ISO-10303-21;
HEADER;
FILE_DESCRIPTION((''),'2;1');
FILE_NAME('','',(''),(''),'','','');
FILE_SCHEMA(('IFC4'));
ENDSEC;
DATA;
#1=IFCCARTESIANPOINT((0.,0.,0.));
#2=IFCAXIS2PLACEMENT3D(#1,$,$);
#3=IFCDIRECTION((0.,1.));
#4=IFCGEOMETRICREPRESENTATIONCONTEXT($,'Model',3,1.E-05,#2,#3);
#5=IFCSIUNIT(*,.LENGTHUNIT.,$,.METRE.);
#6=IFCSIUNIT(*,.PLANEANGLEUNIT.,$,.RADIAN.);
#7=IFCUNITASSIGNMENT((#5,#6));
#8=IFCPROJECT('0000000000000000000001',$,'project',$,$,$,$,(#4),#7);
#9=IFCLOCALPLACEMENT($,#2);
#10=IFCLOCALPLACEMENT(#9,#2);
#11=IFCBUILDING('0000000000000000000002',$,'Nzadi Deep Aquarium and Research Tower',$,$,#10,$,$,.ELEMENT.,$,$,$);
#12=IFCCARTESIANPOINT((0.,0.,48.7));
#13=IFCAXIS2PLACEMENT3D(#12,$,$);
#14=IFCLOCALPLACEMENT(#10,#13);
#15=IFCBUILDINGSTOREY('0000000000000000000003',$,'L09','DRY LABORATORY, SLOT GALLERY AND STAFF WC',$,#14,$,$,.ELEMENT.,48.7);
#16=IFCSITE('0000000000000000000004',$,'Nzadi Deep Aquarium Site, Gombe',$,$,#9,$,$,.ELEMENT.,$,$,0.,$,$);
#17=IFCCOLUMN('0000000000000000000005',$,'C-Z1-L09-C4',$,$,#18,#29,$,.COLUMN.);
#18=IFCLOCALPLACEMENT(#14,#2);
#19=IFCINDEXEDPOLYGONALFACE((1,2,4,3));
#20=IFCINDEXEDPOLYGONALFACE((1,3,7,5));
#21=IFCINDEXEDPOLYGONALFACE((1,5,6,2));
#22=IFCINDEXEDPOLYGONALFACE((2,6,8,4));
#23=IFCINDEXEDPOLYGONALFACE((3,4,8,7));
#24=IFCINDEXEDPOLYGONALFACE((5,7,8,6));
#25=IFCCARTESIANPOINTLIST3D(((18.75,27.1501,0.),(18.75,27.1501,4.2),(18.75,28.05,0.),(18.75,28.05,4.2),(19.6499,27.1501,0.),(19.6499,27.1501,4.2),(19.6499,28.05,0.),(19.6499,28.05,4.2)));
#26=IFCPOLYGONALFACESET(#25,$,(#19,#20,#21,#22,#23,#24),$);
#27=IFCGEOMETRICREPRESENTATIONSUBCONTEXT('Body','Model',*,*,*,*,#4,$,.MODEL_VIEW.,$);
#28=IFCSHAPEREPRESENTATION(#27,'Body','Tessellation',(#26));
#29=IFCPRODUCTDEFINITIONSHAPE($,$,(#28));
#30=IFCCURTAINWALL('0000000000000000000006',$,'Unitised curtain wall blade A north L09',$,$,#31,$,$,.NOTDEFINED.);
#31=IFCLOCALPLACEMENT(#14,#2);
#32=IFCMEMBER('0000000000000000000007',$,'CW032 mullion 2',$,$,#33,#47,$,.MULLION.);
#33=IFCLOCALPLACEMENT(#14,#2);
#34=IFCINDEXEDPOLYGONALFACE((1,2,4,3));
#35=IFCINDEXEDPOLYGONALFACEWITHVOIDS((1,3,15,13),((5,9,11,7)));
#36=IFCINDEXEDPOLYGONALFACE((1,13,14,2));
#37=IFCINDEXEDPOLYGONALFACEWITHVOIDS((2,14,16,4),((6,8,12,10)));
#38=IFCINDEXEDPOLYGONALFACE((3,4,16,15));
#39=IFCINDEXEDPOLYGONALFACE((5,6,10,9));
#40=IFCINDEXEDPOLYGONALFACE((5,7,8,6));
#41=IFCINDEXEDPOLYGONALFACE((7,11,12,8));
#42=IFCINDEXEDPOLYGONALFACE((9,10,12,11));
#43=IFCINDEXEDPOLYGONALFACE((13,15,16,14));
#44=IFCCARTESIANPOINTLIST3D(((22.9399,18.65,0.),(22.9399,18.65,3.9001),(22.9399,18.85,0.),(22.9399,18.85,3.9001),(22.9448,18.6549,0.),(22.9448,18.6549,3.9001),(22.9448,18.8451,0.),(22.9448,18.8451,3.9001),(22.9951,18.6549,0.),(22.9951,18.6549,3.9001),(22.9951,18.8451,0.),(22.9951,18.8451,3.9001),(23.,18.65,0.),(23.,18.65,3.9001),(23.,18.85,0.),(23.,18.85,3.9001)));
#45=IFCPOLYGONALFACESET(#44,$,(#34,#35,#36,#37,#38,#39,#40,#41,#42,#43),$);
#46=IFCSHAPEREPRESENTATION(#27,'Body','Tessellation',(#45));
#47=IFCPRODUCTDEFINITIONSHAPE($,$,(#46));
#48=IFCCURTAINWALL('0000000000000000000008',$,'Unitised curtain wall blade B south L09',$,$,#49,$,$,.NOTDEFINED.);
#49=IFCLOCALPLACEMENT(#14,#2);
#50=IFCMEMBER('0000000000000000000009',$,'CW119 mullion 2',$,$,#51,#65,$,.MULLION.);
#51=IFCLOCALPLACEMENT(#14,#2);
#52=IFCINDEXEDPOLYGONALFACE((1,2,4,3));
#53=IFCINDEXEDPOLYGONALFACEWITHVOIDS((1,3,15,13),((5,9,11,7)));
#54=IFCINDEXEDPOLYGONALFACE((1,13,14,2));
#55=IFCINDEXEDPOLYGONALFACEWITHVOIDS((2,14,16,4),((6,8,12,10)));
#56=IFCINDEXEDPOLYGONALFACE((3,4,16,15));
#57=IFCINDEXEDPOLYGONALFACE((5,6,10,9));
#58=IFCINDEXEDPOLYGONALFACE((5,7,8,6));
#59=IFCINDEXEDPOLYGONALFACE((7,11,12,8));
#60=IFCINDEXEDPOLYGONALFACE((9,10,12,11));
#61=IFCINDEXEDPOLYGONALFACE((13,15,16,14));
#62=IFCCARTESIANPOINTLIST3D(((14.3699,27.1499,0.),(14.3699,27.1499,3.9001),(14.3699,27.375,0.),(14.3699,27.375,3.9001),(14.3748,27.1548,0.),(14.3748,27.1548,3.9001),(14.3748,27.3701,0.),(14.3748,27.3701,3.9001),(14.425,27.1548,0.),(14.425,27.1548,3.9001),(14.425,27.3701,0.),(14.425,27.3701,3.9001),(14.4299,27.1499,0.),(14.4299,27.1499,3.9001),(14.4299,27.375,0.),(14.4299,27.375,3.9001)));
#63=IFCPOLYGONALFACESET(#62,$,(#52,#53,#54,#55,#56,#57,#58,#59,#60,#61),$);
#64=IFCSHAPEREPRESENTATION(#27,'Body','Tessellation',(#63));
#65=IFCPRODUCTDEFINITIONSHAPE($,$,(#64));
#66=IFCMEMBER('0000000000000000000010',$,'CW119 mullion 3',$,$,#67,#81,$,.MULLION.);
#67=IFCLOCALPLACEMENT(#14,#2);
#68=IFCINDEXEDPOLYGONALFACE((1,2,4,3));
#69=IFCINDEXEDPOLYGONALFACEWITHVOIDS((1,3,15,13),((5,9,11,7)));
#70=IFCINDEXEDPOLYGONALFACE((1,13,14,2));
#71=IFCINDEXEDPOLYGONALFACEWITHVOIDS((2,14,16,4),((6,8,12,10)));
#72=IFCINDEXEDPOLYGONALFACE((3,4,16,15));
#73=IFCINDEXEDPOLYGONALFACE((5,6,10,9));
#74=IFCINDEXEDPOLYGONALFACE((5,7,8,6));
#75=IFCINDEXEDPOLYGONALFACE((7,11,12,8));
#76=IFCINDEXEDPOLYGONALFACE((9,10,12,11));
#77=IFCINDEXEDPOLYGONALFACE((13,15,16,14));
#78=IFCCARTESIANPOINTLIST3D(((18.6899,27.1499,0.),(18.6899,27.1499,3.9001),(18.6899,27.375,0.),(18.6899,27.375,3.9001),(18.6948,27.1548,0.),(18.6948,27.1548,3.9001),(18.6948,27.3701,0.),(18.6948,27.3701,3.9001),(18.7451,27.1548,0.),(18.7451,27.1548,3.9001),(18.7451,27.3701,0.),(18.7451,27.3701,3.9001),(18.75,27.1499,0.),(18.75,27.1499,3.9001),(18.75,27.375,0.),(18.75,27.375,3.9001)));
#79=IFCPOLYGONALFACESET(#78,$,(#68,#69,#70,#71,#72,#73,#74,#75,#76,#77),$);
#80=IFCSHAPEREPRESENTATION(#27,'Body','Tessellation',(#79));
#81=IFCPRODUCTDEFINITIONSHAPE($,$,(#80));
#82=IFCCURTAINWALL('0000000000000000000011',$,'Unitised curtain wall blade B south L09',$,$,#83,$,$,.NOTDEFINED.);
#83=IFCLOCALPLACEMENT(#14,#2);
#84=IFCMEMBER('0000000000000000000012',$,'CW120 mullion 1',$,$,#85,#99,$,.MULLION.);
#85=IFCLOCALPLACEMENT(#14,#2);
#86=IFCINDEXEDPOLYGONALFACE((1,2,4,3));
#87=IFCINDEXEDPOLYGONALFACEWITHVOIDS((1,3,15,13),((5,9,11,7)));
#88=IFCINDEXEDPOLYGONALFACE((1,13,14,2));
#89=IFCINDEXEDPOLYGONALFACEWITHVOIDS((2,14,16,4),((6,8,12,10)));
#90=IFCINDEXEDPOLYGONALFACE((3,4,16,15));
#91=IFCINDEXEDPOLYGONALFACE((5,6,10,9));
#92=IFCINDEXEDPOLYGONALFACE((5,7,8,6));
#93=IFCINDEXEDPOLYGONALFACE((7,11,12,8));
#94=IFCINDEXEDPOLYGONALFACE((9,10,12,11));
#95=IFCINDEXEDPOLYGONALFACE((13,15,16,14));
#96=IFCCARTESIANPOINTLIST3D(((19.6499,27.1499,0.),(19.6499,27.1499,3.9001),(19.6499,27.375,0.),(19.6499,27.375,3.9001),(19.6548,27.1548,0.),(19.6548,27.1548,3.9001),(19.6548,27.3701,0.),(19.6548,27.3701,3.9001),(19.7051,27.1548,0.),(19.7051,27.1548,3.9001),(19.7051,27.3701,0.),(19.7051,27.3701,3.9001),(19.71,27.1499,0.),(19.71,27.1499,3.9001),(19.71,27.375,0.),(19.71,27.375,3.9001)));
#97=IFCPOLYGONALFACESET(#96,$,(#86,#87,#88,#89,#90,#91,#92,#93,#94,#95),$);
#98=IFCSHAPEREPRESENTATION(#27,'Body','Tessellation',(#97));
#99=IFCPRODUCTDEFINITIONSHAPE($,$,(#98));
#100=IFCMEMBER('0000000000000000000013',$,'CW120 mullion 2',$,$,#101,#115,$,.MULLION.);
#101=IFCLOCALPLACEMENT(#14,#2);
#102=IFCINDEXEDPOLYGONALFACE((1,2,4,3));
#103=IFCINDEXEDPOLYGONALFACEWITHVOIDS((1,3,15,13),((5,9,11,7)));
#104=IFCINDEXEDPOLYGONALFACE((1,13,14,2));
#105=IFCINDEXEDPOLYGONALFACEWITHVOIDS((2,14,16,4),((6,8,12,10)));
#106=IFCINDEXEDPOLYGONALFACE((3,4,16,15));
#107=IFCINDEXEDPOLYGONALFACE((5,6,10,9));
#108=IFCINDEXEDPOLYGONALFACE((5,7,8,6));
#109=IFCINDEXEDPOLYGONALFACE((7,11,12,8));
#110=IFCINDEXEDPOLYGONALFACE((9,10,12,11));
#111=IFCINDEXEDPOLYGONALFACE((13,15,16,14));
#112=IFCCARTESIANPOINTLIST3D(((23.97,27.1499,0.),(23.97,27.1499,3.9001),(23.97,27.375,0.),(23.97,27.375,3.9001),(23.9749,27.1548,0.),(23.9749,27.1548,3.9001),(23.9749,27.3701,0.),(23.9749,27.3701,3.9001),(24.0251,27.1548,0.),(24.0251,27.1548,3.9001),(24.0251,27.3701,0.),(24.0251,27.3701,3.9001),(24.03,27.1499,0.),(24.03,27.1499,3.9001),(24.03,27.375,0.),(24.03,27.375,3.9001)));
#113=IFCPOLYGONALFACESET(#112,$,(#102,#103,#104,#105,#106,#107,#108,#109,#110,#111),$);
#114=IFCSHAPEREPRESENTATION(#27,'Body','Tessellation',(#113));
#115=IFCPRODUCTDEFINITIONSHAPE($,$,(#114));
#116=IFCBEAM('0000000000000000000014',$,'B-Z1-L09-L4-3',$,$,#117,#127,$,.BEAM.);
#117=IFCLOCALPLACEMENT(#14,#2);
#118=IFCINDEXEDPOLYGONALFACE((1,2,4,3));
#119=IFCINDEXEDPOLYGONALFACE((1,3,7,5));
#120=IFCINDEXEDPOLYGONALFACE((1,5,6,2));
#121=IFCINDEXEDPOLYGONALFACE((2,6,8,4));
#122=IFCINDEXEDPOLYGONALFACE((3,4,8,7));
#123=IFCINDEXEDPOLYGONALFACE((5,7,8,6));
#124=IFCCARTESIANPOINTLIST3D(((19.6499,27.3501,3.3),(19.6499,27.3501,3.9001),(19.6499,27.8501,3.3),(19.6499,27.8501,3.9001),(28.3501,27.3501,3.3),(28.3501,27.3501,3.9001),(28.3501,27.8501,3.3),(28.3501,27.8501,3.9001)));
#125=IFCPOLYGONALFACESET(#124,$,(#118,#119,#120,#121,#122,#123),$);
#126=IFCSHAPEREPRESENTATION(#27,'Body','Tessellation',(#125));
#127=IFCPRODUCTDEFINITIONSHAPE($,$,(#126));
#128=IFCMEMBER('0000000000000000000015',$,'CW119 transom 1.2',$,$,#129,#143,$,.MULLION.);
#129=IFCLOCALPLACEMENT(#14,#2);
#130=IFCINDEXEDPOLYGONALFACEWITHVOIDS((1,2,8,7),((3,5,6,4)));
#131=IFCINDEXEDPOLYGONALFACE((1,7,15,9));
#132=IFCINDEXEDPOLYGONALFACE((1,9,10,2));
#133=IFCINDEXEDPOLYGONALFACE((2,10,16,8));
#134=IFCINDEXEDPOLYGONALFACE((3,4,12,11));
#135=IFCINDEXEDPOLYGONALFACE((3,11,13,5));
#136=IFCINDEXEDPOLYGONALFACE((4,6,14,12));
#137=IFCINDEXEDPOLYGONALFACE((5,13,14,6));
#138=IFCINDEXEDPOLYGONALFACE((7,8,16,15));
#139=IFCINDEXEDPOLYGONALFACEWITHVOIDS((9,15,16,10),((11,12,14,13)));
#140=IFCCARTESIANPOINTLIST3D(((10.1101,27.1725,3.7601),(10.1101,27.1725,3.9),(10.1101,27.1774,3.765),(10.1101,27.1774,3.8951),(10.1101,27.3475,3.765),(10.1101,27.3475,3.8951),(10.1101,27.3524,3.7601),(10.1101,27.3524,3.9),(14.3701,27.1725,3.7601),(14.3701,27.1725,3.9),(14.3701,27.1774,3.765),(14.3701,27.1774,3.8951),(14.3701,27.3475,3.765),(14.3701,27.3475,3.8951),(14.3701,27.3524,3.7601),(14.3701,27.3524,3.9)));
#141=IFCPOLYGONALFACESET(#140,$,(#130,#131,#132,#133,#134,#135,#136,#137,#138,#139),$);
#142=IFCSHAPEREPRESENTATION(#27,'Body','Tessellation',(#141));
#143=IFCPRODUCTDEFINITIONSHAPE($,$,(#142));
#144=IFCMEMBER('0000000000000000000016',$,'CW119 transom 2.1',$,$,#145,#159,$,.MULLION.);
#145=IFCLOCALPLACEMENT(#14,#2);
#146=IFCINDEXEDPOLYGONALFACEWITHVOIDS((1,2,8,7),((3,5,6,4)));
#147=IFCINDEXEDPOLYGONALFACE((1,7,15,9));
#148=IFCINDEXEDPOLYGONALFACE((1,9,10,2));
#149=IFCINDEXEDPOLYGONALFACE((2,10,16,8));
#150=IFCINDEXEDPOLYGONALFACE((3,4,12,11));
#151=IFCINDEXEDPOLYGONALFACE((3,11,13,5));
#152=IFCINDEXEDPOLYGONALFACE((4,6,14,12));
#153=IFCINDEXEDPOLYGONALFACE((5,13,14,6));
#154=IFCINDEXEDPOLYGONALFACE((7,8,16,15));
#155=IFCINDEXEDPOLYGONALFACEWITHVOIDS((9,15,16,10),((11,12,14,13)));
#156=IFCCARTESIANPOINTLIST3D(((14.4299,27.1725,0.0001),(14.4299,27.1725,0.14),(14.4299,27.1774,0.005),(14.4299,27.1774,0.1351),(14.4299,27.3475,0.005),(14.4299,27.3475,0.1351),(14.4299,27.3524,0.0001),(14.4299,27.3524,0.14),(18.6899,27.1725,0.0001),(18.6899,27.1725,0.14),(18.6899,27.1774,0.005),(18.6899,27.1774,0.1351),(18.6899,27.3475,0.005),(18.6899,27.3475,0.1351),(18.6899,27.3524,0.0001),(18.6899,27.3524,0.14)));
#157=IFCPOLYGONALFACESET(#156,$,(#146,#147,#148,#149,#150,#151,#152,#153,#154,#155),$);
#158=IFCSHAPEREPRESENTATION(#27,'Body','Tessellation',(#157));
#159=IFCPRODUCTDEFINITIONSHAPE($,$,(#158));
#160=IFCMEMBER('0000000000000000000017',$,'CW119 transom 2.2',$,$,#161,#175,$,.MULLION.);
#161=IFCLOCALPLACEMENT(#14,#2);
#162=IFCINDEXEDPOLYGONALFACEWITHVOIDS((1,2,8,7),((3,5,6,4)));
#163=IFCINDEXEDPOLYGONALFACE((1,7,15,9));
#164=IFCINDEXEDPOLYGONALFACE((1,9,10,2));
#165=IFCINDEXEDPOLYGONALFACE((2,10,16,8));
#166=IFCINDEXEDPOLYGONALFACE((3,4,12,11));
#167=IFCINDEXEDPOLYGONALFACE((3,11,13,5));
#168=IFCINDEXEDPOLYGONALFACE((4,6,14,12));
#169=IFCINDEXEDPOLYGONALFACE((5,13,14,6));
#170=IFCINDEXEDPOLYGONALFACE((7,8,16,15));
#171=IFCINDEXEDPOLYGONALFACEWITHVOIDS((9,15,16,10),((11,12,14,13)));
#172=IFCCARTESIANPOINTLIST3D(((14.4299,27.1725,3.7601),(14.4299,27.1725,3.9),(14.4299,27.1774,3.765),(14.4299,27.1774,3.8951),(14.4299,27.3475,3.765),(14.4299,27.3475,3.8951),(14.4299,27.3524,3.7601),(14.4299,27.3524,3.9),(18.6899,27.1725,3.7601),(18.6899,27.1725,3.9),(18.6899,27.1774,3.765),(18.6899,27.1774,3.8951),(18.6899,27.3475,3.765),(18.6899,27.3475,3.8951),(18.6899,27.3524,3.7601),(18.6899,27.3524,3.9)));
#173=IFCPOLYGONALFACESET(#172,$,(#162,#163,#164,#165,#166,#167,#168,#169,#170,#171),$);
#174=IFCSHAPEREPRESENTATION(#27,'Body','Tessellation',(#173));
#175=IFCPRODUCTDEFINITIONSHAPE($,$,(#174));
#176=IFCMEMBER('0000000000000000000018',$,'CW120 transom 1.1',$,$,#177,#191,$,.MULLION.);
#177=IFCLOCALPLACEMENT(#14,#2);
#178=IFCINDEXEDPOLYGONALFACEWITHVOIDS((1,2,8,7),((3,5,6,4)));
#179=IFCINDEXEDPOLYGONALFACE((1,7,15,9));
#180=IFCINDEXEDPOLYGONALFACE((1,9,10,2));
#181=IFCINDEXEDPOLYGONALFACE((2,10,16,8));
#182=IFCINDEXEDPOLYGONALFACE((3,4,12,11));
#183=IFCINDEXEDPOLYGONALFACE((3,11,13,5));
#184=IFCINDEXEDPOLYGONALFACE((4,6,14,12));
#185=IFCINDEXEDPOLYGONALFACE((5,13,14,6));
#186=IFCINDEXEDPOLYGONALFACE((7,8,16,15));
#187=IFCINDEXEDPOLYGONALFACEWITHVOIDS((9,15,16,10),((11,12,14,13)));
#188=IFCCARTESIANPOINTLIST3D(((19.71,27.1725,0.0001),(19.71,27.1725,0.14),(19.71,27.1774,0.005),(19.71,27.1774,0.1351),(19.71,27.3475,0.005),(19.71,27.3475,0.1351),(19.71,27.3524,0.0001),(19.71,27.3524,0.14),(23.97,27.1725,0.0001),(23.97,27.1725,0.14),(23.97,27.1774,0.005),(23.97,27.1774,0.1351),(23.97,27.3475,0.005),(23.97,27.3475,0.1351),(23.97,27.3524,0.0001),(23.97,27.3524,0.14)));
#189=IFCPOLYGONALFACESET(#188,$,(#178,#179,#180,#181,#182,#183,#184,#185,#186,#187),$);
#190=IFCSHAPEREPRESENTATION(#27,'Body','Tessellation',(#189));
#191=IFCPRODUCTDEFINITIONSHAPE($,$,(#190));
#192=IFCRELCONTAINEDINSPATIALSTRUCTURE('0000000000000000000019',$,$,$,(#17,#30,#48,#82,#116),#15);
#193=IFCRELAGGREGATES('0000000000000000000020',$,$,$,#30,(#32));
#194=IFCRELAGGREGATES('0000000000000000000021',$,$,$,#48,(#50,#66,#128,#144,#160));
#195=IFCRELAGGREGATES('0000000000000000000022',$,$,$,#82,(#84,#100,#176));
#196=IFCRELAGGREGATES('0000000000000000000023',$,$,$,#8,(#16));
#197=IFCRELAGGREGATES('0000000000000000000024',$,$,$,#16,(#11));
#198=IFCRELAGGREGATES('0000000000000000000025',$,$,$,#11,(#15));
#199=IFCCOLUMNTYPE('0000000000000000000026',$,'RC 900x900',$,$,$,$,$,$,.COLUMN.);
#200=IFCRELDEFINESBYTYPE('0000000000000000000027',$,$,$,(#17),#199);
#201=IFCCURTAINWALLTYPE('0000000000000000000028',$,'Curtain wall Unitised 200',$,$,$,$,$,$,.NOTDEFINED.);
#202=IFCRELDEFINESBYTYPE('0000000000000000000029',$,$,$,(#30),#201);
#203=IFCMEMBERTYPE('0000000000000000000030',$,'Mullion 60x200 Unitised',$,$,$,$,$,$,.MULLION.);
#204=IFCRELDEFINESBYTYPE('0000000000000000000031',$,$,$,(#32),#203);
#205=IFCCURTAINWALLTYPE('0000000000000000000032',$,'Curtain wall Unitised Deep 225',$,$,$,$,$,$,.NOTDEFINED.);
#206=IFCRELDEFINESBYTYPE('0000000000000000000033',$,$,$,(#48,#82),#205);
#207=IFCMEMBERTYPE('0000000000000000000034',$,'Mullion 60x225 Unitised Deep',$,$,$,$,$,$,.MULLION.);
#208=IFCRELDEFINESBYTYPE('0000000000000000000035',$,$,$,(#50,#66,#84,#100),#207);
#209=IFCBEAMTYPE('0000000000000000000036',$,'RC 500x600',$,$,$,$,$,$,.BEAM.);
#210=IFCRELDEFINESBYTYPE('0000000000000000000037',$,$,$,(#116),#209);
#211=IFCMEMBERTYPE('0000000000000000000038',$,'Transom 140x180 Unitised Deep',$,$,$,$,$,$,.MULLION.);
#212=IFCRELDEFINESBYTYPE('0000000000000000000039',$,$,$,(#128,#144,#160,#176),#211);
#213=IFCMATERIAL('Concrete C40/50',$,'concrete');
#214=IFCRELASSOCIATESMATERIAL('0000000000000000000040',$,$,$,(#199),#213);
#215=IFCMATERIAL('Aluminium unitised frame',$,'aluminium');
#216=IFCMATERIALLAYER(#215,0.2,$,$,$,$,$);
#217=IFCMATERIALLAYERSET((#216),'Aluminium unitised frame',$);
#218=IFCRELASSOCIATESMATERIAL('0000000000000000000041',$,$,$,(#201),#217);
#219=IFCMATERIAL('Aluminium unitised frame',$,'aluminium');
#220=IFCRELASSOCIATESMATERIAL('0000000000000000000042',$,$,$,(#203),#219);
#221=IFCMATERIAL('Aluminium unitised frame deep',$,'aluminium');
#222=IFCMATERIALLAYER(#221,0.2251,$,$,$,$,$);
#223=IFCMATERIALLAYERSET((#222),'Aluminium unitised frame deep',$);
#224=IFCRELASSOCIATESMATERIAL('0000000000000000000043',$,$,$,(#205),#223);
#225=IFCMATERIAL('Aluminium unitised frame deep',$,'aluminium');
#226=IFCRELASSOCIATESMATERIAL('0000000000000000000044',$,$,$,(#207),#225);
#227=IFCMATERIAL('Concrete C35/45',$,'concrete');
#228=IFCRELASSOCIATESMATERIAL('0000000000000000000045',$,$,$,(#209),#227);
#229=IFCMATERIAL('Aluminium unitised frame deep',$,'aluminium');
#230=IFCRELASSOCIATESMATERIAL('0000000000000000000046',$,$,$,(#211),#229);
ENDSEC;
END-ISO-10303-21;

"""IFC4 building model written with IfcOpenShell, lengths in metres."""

from ifc_helpers import new_model, si_unit, direction, frame, origin, origin_2d, place, context, subcontext, project, spatial, rectangle, hollow_rectangle, extrude, material, layer, layer_set, material_profile, profile_set, type_object, element, aggregate, save


model = new_model("IFC4")

# Units and contexts
model_context = context("Model", 3, precision=1e-05, world=origin(), true_north=direction((0.0, 1.0)))
body_context = subcontext(model_context, "Body", "Model", "MODEL_VIEW")
ifc_project = project(units=[si_unit("LENGTHUNIT", "METRE"), si_unit("PLANEANGLEUNIT", "RADIAN")], contexts=[model_context])

# Site, building, storey
site_placement = place(None, origin())
site = spatial("IfcSite", under=ifc_project, at=site_placement, Name="Nzadi Deep Aquarium Site, Gombe", CompositionType="ELEMENT", RefElevation=0.0)
building_placement = place(site_placement, origin())
building = spatial("IfcBuilding", under=site, at=building_placement, Name="Nzadi Deep Aquarium and Research Tower", CompositionType="ELEMENT")
storey_placement = place(building_placement, frame((0.0, 0.0, 48.7)))
storey = spatial("IfcBuildingStorey", under=building, at=storey_placement, Name="L09", Description="DRY LABORATORY, SLOT GALLERY AND STAFF WC", CompositionType="ELEMENT", Elevation=48.7)

# Column
ifc_material_1 = material(Name="Concrete C40/50", Category="concrete")
ifc_material_profile_1 = material_profile(ifc_material_1, rectangle(XDim=0.8999, YDim=0.8999, at=origin_2d()))
ifc_profile_set_1 = profile_set([ifc_material_profile_1], Name="Concrete C40/50")
column_type = type_object("IfcColumnType", Name="RC 900x900", PredefinedType="COLUMN", material=ifc_profile_set_1)
column_placement = place(storey_placement, frame((19.2, 27.6001, 0.0), z_axis=(0.0, 0.0, 1.0), x_axis=(1.0, 0.0, 0.0)))
element("IfcColumn", 1, at=column_placement, inside=storey, type_object=column_type, Name="C-Z1-L09-C4", PredefinedType="COLUMN", context=body_context, shape_type="SweptSolid", body=[
    extrude(rectangle(XDim=0.8999, YDim=0.8999, at=origin_2d()), origin(), (0.0, 0.0, 1.0), 4.2),
])

# Curtain wall, member
ifc_material_2 = material(Name="Aluminium unitised frame", Category="aluminium")
ifc_layer_1 = layer(ifc_material_2, 0.2)
ifc_layer_set_1 = layer_set([ifc_layer_1], Name="Aluminium unitised frame")
curtain_wall_type_1 = type_object("IfcCurtainWallType", Name="Curtain wall Unitised 200", PredefinedType="NOTDEFINED", material=ifc_layer_set_1)
curtain_wall_1_placement = place(storey_placement, origin())
curtain_wall_1 = element("IfcCurtainWall", 2, at=curtain_wall_1_placement, inside=storey, type_object=curtain_wall_type_1, Name="Unitised curtain wall blade A north L09", PredefinedType="NOTDEFINED")
ifc_material_3 = material(Name="Aluminium unitised frame", Category="aluminium")
ifc_material_profile_2 = material_profile(ifc_material_3, hollow_rectangle(XDim=0.2, YDim=0.0601, WallThickness=0.0049, at=origin_2d()))
ifc_profile_set_2 = profile_set([ifc_material_profile_2], Name="Aluminium unitised frame")
member_type_1 = type_object("IfcMemberType", Name="Mullion 60x200 Unitised", PredefinedType="MULLION", material=ifc_profile_set_2)
member_1_placement = place(storey_placement, frame((22.97, 18.75, 0.0), z_axis=(0.0, 0.0, 1.0), x_axis=(0.0, 1.0, 0.0)))
member_1 = element("IfcMember", 3, at=member_1_placement, type_object=member_type_1, Name="CW032 mullion 2", PredefinedType="MULLION", context=body_context, shape_type="SweptSolid", body=[
    extrude(hollow_rectangle(XDim=0.2, YDim=0.0601, WallThickness=0.0049, at=origin_2d()), origin(), (0.0, 0.0, 1.0), 3.9001),
])
aggregate(curtain_wall_1, [member_1])

# Curtain walls, members
ifc_material_4 = material(Name="Aluminium unitised frame deep", Category="aluminium")
ifc_layer_2 = layer(ifc_material_4, 0.2251)
ifc_layer_set_2 = layer_set([ifc_layer_2], Name="Aluminium unitised frame deep")
curtain_wall_type_2 = type_object("IfcCurtainWallType", Name="Curtain wall Unitised Deep 225", PredefinedType="NOTDEFINED", material=ifc_layer_set_2)
curtain_wall_2_placement = place(storey_placement, origin())
curtain_wall_2 = element("IfcCurtainWall", 4, at=curtain_wall_2_placement, inside=storey, type_object=curtain_wall_type_2, Name="Unitised curtain wall blade B south L09", PredefinedType="NOTDEFINED")
ifc_material_5 = material(Name="Aluminium unitised frame deep", Category="aluminium")
ifc_material_profile_3 = material_profile(ifc_material_5, hollow_rectangle(XDim=0.2251, YDim=0.0601, WallThickness=0.0049, at=origin_2d()))
ifc_profile_set_3 = profile_set([ifc_material_profile_3], Name="Aluminium unitised frame deep")
member_type_2 = type_object("IfcMemberType", Name="Mullion 60x225 Unitised Deep", PredefinedType="MULLION", material=ifc_profile_set_3)
member_2_placement = place(storey_placement, frame((14.3999, 27.2625, 0.0), z_axis=(0.0, 0.0, 1.0), x_axis=(0.0, 1.0, 0.0)))
member_2 = element("IfcMember", 5, at=member_2_placement, type_object=member_type_2, Name="CW119 mullion 2", PredefinedType="MULLION", context=body_context, shape_type="SweptSolid", body=[
    extrude(hollow_rectangle(XDim=0.2251, YDim=0.0601, WallThickness=0.0049, at=origin_2d()), origin(), (0.0, 0.0, 1.0), 3.9001),
])
member_3_placement = place(storey_placement, frame((18.72, 27.2625, 0.0), z_axis=(0.0, 0.0, 1.0), x_axis=(0.0, 1.0, 0.0)))
member_3 = element("IfcMember", 6, at=member_3_placement, type_object=member_type_2, Name="CW119 mullion 3", PredefinedType="MULLION", context=body_context, shape_type="SweptSolid", body=[
    extrude(hollow_rectangle(XDim=0.2251, YDim=0.0601, WallThickness=0.0049, at=origin_2d()), origin(), (0.0, 0.0, 1.0), 3.9001),
])
curtain_wall_3_placement = place(storey_placement, origin())
curtain_wall_3 = element("IfcCurtainWall", 7, at=curtain_wall_3_placement, inside=storey, type_object=curtain_wall_type_2, Name="Unitised curtain wall blade B south L09", PredefinedType="NOTDEFINED")
member_4_placement = place(storey_placement, frame((19.6799, 27.2625, 0.0), z_axis=(0.0, 0.0, 1.0), x_axis=(0.0, 1.0, 0.0)))
member_4 = element("IfcMember", 8, at=member_4_placement, type_object=member_type_2, Name="CW120 mullion 1", PredefinedType="MULLION", context=body_context, shape_type="SweptSolid", body=[
    extrude(hollow_rectangle(XDim=0.2251, YDim=0.0601, WallThickness=0.0049, at=origin_2d()), origin(), (0.0, 0.0, 1.0), 3.9001),
])
member_5_placement = place(storey_placement, frame((24.0, 27.2625, 0.0), z_axis=(0.0, 0.0, 1.0), x_axis=(0.0, 1.0, 0.0)))
member_5 = element("IfcMember", 9, at=member_5_placement, type_object=member_type_2, Name="CW120 mullion 2", PredefinedType="MULLION", context=body_context, shape_type="SweptSolid", body=[
    extrude(hollow_rectangle(XDim=0.2251, YDim=0.0601, WallThickness=0.0049, at=origin_2d()), origin(), (0.0, 0.0, 1.0), 3.9001),
])

# Beam
ifc_material_6 = material(Name="Concrete C35/45", Category="concrete")
ifc_material_profile_4 = material_profile(ifc_material_6, rectangle(XDim=0.5, YDim=0.6001, at=origin_2d()))
ifc_profile_set_4 = profile_set([ifc_material_profile_4], Name="Concrete C35/45")
beam_type = type_object("IfcBeamType", Name="RC 500x600", PredefinedType="BEAM", material=ifc_profile_set_4)
beam_placement = place(storey_placement, frame((19.6499, 27.6001, 3.6001), z_axis=(1.0, 0.0, 0.0), x_axis=(0.0, 1.0, 0.0)))
element("IfcBeam", 10, at=beam_placement, inside=storey, type_object=beam_type, Name="B-Z1-L09-L4-3", PredefinedType="BEAM", context=body_context, shape_type="SweptSolid", body=[
    extrude(rectangle(XDim=0.5, YDim=0.6001, at=origin_2d()), origin(), (0.0, 0.0, 1.0), 8.7002),
])

# Members
ifc_material_7 = material(Name="Aluminium unitised frame deep", Category="aluminium")
ifc_material_profile_5 = material_profile(ifc_material_7, hollow_rectangle(XDim=0.1799, YDim=0.1399, WallThickness=0.0049, at=origin_2d()))
ifc_profile_set_5 = profile_set([ifc_material_profile_5], Name="Aluminium unitised frame deep")
member_type_3 = type_object("IfcMemberType", Name="Transom 140x180 Unitised Deep", PredefinedType="MULLION", material=ifc_profile_set_5)
member_6_placement = place(storey_placement, frame((10.1101, 27.2625, 3.8301), z_axis=(1.0, 0.0, 0.0), x_axis=(0.0, 1.0, 0.0)))
member_6 = element("IfcMember", 11, at=member_6_placement, type_object=member_type_3, Name="CW119 transom 1.2", PredefinedType="MULLION", context=body_context, shape_type="SweptSolid", body=[
    extrude(hollow_rectangle(XDim=0.1799, YDim=0.1399, WallThickness=0.0049, at=origin_2d()), origin(), (0.0, 0.0, 1.0), 4.26),
])
member_7_placement = place(storey_placement, frame((14.4299, 27.2625, 0.0701), z_axis=(1.0, 0.0, 0.0), x_axis=(0.0, 1.0, 0.0)))
member_7 = element("IfcMember", 12, at=member_7_placement, type_object=member_type_3, Name="CW119 transom 2.1", PredefinedType="MULLION", context=body_context, shape_type="SweptSolid", body=[
    extrude(hollow_rectangle(XDim=0.1799, YDim=0.1399, WallThickness=0.0049, at=origin_2d()), origin(), (0.0, 0.0, 1.0), 4.26),
])
member_8_placement = place(storey_placement, frame((14.4299, 27.2625, 3.8301), z_axis=(1.0, 0.0, 0.0), x_axis=(0.0, 1.0, 0.0)))
member_8 = element("IfcMember", 13, at=member_8_placement, type_object=member_type_3, Name="CW119 transom 2.2", PredefinedType="MULLION", context=body_context, shape_type="SweptSolid", body=[
    extrude(hollow_rectangle(XDim=0.1799, YDim=0.1399, WallThickness=0.0049, at=origin_2d()), origin(), (0.0, 0.0, 1.0), 4.26),
])
member_9_placement = place(storey_placement, frame((19.71, 27.2625, 0.0701), z_axis=(1.0, 0.0, 0.0), x_axis=(0.0, 1.0, 0.0)))
member_9 = element("IfcMember", 14, at=member_9_placement, type_object=member_type_3, Name="CW120 transom 1.1", PredefinedType="MULLION", context=body_context, shape_type="SweptSolid", body=[
    extrude(hollow_rectangle(XDim=0.1799, YDim=0.1399, WallThickness=0.0049, at=origin_2d()), origin(), (0.0, 0.0, 1.0), 4.26),
])

aggregate(curtain_wall_2, [member_2, member_3, member_6, member_7, member_8])
aggregate(curtain_wall_3, [member_4, member_5, member_9])

save(model, "model.ifc")
